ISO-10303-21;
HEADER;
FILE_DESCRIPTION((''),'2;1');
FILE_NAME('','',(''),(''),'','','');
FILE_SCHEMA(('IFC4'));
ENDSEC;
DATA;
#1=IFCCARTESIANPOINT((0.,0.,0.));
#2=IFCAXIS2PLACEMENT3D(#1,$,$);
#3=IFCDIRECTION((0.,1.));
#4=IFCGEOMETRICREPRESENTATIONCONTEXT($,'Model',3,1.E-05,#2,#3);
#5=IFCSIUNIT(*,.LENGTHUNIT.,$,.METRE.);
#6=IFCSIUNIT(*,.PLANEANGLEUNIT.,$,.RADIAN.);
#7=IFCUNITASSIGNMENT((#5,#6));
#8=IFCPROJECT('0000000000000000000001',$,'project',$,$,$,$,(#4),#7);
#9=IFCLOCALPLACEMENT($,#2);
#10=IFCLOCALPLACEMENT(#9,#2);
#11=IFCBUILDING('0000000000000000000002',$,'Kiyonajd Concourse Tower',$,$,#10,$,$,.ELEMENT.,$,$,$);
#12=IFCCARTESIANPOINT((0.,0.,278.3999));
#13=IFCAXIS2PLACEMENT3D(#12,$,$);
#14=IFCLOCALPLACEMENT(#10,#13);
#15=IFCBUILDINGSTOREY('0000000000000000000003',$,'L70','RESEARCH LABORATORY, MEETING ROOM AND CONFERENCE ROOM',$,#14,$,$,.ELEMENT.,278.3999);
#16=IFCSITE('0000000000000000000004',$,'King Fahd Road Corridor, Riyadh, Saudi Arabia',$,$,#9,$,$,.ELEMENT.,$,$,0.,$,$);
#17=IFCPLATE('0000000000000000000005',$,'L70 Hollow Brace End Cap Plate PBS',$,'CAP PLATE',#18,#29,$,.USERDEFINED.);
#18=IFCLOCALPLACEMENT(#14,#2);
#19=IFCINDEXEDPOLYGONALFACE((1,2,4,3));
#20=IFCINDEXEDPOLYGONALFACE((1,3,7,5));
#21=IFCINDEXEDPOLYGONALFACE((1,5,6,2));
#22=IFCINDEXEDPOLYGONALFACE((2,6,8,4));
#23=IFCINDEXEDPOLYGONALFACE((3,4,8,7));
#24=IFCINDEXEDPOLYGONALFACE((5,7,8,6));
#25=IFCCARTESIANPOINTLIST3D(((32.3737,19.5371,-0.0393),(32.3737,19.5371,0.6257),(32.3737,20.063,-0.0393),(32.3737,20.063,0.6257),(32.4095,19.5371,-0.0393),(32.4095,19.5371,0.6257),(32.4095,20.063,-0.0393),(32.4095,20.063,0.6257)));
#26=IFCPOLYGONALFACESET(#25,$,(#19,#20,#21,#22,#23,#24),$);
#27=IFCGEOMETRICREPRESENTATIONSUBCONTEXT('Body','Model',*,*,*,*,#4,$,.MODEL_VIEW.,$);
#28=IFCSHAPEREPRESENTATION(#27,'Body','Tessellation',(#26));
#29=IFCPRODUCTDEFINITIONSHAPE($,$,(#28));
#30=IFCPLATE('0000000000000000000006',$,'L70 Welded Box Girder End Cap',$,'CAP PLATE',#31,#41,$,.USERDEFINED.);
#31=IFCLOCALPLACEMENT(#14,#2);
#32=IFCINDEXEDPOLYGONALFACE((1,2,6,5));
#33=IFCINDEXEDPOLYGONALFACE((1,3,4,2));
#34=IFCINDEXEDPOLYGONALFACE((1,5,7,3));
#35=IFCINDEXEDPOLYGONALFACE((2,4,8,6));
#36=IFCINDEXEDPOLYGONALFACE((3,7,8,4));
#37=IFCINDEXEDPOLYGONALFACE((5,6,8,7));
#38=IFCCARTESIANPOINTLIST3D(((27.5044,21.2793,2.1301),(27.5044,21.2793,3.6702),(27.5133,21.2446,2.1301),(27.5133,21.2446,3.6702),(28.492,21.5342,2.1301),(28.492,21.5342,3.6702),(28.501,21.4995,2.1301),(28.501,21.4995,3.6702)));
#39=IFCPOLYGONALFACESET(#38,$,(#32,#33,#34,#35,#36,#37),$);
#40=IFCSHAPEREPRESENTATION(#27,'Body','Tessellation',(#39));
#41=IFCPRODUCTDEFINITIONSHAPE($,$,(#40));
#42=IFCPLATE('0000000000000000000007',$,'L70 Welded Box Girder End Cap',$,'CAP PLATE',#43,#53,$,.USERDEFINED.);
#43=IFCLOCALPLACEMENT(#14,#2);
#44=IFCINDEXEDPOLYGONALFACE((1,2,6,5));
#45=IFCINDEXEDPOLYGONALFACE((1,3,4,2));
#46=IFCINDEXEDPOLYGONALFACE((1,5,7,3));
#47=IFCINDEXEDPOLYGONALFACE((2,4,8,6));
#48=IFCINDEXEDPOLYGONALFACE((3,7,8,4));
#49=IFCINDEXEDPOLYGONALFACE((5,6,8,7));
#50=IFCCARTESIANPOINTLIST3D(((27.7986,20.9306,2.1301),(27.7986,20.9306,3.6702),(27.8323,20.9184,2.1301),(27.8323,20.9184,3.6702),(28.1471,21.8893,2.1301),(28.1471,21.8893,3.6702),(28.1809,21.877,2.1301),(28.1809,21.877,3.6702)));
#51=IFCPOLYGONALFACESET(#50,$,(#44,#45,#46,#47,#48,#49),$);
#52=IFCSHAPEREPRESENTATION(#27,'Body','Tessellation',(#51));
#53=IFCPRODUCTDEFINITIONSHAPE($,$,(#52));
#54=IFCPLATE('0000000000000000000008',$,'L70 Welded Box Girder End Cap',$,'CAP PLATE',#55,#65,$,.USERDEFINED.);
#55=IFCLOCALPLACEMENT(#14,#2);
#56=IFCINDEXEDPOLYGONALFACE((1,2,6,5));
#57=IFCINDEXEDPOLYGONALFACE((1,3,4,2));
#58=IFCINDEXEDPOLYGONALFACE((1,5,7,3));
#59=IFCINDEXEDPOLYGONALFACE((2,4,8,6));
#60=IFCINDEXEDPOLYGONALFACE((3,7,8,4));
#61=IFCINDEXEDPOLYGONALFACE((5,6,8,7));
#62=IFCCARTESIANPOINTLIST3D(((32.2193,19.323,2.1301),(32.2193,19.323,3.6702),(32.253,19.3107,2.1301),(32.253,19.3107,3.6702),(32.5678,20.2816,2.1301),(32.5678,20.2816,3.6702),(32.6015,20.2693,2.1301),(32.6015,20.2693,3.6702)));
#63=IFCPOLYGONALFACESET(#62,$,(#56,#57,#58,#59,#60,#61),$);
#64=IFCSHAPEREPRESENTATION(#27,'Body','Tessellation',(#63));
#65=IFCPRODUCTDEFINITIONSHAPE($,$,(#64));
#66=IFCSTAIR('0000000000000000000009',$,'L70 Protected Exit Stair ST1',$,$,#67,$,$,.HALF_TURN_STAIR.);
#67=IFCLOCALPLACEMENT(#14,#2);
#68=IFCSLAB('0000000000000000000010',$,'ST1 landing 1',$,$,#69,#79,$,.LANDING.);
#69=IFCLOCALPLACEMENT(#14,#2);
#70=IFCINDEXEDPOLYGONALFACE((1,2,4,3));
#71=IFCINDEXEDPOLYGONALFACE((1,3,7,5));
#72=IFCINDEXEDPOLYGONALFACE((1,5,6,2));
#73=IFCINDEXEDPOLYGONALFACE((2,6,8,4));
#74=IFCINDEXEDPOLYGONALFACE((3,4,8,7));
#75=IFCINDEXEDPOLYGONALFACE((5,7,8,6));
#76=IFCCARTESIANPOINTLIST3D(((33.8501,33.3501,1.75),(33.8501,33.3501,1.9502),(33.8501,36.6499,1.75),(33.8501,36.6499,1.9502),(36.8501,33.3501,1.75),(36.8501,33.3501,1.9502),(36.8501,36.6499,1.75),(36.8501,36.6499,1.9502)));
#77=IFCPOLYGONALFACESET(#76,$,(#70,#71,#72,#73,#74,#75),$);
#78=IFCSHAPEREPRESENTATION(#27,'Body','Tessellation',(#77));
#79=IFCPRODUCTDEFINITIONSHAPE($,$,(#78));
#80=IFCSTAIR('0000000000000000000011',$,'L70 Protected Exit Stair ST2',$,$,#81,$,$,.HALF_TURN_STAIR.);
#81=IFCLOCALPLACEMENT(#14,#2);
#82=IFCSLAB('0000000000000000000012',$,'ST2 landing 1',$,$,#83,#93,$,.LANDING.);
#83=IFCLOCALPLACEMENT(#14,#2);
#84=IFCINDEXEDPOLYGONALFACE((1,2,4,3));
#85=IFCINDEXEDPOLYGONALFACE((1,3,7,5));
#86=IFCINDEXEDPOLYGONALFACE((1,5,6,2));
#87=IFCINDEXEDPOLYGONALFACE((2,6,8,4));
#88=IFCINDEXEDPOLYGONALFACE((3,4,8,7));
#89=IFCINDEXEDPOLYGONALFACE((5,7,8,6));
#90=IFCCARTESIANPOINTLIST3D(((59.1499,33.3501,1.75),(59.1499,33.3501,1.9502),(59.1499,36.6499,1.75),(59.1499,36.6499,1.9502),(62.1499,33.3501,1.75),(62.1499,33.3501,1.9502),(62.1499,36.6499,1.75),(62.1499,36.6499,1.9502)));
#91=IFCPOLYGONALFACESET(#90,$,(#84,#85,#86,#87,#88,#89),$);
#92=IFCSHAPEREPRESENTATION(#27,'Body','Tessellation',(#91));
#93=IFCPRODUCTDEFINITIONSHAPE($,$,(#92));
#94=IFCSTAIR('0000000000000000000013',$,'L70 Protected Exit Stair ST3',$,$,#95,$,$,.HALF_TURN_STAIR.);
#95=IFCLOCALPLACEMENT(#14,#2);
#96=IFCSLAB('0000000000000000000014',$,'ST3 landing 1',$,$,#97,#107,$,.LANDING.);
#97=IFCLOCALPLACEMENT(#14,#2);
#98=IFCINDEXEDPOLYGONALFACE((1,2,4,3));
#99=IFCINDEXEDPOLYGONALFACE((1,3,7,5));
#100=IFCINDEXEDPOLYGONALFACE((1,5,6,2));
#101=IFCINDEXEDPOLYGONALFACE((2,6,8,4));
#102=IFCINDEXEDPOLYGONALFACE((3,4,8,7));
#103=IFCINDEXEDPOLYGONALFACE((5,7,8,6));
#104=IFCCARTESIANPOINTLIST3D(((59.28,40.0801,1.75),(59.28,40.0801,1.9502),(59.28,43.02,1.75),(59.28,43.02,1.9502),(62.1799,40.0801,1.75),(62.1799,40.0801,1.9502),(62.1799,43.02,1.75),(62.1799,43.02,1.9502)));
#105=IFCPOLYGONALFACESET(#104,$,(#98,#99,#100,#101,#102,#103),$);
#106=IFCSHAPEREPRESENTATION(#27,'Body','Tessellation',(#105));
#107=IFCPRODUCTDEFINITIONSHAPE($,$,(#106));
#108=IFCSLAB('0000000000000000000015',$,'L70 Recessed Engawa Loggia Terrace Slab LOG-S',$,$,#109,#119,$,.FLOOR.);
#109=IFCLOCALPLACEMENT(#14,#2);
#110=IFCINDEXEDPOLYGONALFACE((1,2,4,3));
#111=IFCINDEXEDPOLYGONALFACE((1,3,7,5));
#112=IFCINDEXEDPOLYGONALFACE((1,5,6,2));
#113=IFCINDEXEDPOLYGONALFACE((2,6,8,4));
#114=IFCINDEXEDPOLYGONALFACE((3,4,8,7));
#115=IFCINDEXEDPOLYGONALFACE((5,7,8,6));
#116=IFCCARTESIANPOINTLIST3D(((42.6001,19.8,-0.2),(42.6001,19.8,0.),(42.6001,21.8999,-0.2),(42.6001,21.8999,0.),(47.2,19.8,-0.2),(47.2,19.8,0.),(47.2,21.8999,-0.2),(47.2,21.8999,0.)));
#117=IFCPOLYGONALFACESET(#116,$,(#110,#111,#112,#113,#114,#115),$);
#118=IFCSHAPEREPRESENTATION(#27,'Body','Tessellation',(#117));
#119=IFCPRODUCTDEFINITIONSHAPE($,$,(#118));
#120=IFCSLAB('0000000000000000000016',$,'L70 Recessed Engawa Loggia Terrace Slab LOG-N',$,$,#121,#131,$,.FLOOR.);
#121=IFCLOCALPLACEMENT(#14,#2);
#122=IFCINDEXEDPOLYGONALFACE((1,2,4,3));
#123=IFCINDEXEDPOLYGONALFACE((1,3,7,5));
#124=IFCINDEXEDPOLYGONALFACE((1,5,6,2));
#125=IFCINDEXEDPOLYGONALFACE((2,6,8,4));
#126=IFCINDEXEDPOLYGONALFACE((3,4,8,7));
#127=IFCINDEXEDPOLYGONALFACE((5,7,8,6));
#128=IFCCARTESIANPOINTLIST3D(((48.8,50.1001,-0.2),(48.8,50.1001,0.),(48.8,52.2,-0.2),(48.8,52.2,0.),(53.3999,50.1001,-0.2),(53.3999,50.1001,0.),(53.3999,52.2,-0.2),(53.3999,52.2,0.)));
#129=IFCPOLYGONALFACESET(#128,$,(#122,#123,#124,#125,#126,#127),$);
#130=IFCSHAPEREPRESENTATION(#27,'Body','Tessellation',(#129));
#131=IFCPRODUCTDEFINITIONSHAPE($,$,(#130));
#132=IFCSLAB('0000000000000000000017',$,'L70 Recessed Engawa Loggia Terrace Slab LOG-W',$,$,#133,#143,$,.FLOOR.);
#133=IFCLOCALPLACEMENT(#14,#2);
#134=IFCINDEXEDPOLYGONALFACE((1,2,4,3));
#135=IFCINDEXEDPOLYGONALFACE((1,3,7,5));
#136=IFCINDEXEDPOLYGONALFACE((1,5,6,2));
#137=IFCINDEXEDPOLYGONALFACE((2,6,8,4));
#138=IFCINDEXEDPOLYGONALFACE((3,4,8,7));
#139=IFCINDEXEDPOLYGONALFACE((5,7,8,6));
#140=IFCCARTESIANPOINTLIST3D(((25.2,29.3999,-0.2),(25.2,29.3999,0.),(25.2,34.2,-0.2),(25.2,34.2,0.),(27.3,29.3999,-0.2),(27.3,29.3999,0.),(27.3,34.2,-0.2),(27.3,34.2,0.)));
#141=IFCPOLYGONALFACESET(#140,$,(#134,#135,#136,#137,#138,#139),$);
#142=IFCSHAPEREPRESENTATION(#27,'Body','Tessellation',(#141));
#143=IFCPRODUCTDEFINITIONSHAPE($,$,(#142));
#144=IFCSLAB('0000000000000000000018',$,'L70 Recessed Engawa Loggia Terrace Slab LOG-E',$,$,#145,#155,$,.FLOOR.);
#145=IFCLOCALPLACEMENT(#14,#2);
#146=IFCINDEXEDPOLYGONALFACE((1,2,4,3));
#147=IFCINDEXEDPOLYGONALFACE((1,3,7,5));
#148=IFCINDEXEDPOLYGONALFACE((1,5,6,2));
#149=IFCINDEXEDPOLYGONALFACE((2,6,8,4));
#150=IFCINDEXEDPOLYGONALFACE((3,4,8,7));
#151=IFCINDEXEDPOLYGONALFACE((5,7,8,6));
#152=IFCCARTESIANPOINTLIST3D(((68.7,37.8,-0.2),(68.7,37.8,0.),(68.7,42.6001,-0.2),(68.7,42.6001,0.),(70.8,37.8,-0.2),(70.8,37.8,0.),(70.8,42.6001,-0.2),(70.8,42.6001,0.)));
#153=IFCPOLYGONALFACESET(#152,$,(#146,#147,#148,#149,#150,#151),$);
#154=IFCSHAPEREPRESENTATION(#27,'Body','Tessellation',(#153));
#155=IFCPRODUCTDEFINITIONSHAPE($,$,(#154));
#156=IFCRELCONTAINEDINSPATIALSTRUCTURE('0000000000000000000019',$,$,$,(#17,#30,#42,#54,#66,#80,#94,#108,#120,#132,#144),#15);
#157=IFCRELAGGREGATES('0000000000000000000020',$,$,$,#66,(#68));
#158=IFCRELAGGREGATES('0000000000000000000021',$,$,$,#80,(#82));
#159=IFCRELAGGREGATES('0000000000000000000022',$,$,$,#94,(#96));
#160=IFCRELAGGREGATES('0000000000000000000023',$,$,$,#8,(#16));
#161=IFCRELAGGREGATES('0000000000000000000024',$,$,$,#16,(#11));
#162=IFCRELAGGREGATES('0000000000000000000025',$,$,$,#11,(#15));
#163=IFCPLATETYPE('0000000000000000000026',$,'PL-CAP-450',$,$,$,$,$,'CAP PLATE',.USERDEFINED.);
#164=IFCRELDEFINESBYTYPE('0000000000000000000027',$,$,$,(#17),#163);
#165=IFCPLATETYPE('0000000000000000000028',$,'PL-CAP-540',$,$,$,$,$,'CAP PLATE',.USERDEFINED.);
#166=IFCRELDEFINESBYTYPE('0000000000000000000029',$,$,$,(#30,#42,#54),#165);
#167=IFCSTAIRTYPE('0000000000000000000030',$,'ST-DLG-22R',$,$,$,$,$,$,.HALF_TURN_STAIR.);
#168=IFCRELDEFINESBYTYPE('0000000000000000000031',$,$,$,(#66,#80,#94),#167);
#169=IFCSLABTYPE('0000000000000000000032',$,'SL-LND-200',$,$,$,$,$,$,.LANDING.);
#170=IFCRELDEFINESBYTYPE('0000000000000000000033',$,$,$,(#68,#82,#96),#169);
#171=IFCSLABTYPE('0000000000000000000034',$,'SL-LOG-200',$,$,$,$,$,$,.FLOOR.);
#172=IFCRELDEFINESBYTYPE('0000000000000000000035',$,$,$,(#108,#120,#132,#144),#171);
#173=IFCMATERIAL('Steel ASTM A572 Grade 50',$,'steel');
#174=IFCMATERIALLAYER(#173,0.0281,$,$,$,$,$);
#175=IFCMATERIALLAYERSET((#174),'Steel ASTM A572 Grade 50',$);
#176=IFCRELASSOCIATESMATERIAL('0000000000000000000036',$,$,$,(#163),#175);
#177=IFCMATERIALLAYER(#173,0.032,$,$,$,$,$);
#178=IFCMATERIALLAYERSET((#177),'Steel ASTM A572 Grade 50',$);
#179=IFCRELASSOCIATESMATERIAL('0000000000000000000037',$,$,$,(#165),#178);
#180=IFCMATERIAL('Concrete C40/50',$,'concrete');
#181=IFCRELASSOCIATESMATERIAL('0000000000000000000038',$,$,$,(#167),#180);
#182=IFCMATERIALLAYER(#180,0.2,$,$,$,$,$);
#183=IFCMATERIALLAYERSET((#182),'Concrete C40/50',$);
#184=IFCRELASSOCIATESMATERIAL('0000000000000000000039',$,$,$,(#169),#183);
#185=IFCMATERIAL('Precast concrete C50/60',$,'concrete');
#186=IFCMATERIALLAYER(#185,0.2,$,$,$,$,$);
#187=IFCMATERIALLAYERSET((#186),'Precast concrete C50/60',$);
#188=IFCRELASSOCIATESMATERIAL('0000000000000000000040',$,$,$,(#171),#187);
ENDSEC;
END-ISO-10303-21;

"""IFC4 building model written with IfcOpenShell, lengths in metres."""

from ifc_helpers import new_model, si_unit, direction, frame, origin, origin_2d, place, context, subcontext, project, spatial, polyline, rectangle, outline, extrude, material, layer, layer_set, type_object, element, aggregate, save


model = new_model("IFC4")

# Units and contexts
model_context = context("Model", 3, precision=1e-05, world=origin(), true_north=direction((0.0, 1.0)))
body_context = subcontext(model_context, "Body", "Model", "MODEL_VIEW")
ifc_project = project(units=[si_unit("LENGTHUNIT", "METRE"), si_unit("PLANEANGLEUNIT", "RADIAN")], contexts=[model_context])

# Site, building, storey
site_placement = place(None, origin())
site = spatial("IfcSite", under=ifc_project, at=site_placement, Name="King Fahd Road Corridor, Riyadh, Saudi Arabia", CompositionType="ELEMENT", RefElevation=0.0)
building_placement = place(site_placement, origin())
building = spatial("IfcBuilding", under=site, at=building_placement, Name="Kiyonajd Concourse Tower", CompositionType="ELEMENT")
storey_placement = place(building_placement, frame((0.0, 0.0, 278.3999)))
storey = spatial("IfcBuildingStorey", under=building, at=storey_placement, Name="L70", Description="RESEARCH LABORATORY, MEETING ROOM AND CONFERENCE ROOM", CompositionType="ELEMENT", Elevation=278.3999)

# Shared definitions
ifc_material_1 = material(Name="Steel ASTM A572 Grade 50", Category="steel")

# Plates
ifc_layer_1 = layer(ifc_material_1, 0.0281)
ifc_layer_set_1 = layer_set([ifc_layer_1], Name="Steel ASTM A572 Grade 50")
plate_type_1 = type_object("IfcPlateType", Name="PL-CAP-450", ElementType="CAP PLATE", PredefinedType="USERDEFINED", material=ifc_layer_set_1)
plate_placement = place(storey_placement, frame((32.3916, 19.8, -0.0393), z_axis=(0.0, 0.0, 1.0), x_axis=(-1.0, 0.0, 0.0)))
element("IfcPlate", 1, at=plate_placement, inside=storey, type_object=plate_type_1, Name="L70 Hollow Brace End Cap Plate PBS", ObjectType="CAP PLATE", PredefinedType="USERDEFINED", context=body_context, shape_type="SweptSolid", body=[
    extrude(rectangle(XDim=0.0359, YDim=0.5259, at=origin_2d()), origin(), (0.0, 0.0, 1.0), 0.665),
])
ifc_layer_2 = layer(ifc_material_1, 0.032)
ifc_layer_set_2 = layer_set([ifc_layer_2], Name="Steel ASTM A572 Grade 50")
plate_type_2 = type_object("IfcPlateType", Name="PL-CAP-540", ElementType="CAP PLATE", PredefinedType="USERDEFINED", material=ifc_layer_set_2)
for number, where, z_axis, x_axis, name in (
    (2, (28.0027, 21.3894, 2.1301), (0.0, 0.0, 1.0), (0.249873, -0.968279, 0.0), "L70 Welded Box Girder End Cap"),
    (3, (27.9897, 21.4038, 2.1301), (0.0, 0.0, 1.0), (-0.939812, 0.341692, 0.0), "L70 Welded Box Girder End Cap"),
    (4, (32.4104, 19.7961, 2.1301), (0.0, 0.0, 1.0), (0.939812, -0.341692, 0.0), "L70 Welded Box Girder End Cap"),
):
    element("IfcPlate", number, at=place(storey_placement, frame(where, z_axis=z_axis, x_axis=x_axis)), inside=storey, type_object=plate_type_2, Name=name, ObjectType="CAP PLATE", PredefinedType="USERDEFINED", context=body_context, shape_type="SweptSolid", body=[
        extrude(rectangle(XDim=0.0359, YDim=1.02, at=origin_2d()), origin(), (0.0, 0.0, 1.0), 1.54),
    ])

# Stairs, slabs
ifc_material_2 = material(Name="Concrete C40/50", Category="concrete")
stair_type = type_object("IfcStairType", Name="ST-DLG-22R", PredefinedType="HALF_TURN_STAIR", material=ifc_material_2)
stair_1_placement = place(storey_placement, origin())
stair_1 = element("IfcStair", 5, at=stair_1_placement, inside=storey, type_object=stair_type, Name="L70 Protected Exit Stair ST1", PredefinedType="HALF_TURN_STAIR")
ifc_layer_3 = layer(ifc_material_2, 0.2)
ifc_layer_set_3 = layer_set([ifc_layer_3], Name="Concrete C40/50")
slab_type_1 = type_object("IfcSlabType", Name="SL-LND-200", PredefinedType="LANDING", material=ifc_layer_set_3)
slab_1_placement = place(storey_placement, frame((0.0, 0.0, 1.75)))
slab_1 = element("IfcSlab", 6, at=slab_1_placement, type_object=slab_type_1, Name="ST1 landing 1", PredefinedType="LANDING", context=body_context, shape_type="SweptSolid", body=[
    extrude(outline(polyline([(36.8501, 33.3501), (36.8501, 36.6499), (33.8501, 36.6499), (33.8501, 33.3501), (36.8501, 33.3501)])), origin(), (0.0, 0.0, 1.0), 0.2002),
])
aggregate(stair_1, [slab_1])
stair_2_placement = place(storey_placement, origin())
stair_2 = element("IfcStair", 7, at=stair_2_placement, inside=storey, type_object=stair_type, Name="L70 Protected Exit Stair ST2", PredefinedType="HALF_TURN_STAIR")
slab_2_placement = place(storey_placement, frame((0.0, 0.0, 1.75)))
slab_2 = element("IfcSlab", 8, at=slab_2_placement, type_object=slab_type_1, Name="ST2 landing 1", PredefinedType="LANDING", context=body_context, shape_type="SweptSolid", body=[
    extrude(outline(polyline([(62.1499, 33.3501), (62.1499, 36.6499), (59.1499, 36.6499), (59.1499, 33.3501), (62.1499, 33.3501)])), origin(), (0.0, 0.0, 1.0), 0.2002),
])
aggregate(stair_2, [slab_2])
stair_3_placement = place(storey_placement, origin())
stair_3 = element("IfcStair", 9, at=stair_3_placement, inside=storey, type_object=stair_type, Name="L70 Protected Exit Stair ST3", PredefinedType="HALF_TURN_STAIR")
slab_3_placement = place(storey_placement, frame((0.0, 0.0, 1.75)))
slab_3 = element("IfcSlab", 10, at=slab_3_placement, type_object=slab_type_1, Name="ST3 landing 1", PredefinedType="LANDING", context=body_context, shape_type="SweptSolid", body=[
    extrude(outline(polyline([(59.28, 40.0801), (62.1799, 40.0801), (62.1799, 43.02), (59.28, 43.02), (59.28, 40.0801)])), origin(), (0.0, 0.0, 1.0), 0.2002),
])
aggregate(stair_3, [slab_3])

# Slabs
ifc_material_3 = material(Name="Precast concrete C50/60", Category="concrete")
ifc_layer_4 = layer(ifc_material_3, 0.2)
ifc_layer_set_4 = layer_set([ifc_layer_4], Name="Precast concrete C50/60")
slab_type_2 = type_object("IfcSlabType", Name="SL-LOG-200", PredefinedType="FLOOR", material=ifc_layer_set_4)
slab_4_placement = place(storey_placement, frame((0.0, 0.0, -0.2)))
element("IfcSlab", 11, at=slab_4_placement, inside=storey, type_object=slab_type_2, Name="L70 Recessed Engawa Loggia Terrace Slab LOG-S", PredefinedType="FLOOR", context=body_context, shape_type="SweptSolid", body=[
    extrude(outline(polyline([(42.6001, 19.8), (47.2, 19.8), (47.2, 21.8999), (42.6001, 21.8999), (42.6001, 19.8)])), origin(), (0.0, 0.0, 1.0), 0.2),
])
slab_5_placement = place(storey_placement, frame((0.0, 0.0, -0.2)))
element("IfcSlab", 12, at=slab_5_placement, inside=storey, type_object=slab_type_2, Name="L70 Recessed Engawa Loggia Terrace Slab LOG-N", PredefinedType="FLOOR", context=body_context, shape_type="SweptSolid", body=[
    extrude(outline(polyline([(48.8, 50.1001), (53.3999, 50.1001), (53.3999, 52.2), (48.8, 52.2), (48.8, 50.1001)])), origin(), (0.0, 0.0, 1.0), 0.2),
])
slab_6_placement = place(storey_placement, frame((0.0, 0.0, -0.2)))
element("IfcSlab", 13, at=slab_6_placement, inside=storey, type_object=slab_type_2, Name="L70 Recessed Engawa Loggia Terrace Slab LOG-W", PredefinedType="FLOOR", context=body_context, shape_type="SweptSolid", body=[
    extrude(outline(polyline([(25.2, 29.3999), (27.3, 29.3999), (27.3, 34.2), (25.2, 34.2), (25.2, 29.3999)])), origin(), (0.0, 0.0, 1.0), 0.2),
])
slab_7_placement = place(storey_placement, frame((0.0, 0.0, -0.2)))
element("IfcSlab", 14, at=slab_7_placement, inside=storey, type_object=slab_type_2, Name="L70 Recessed Engawa Loggia Terrace Slab LOG-E", PredefinedType="FLOOR", context=body_context, shape_type="SweptSolid", body=[
    extrude(outline(polyline([(68.7, 37.8), (70.8, 37.8), (70.8, 42.6001), (68.7, 42.6001), (68.7, 37.8)])), origin(), (0.0, 0.0, 1.0), 0.2),
])

save(model, "model.ifc")
